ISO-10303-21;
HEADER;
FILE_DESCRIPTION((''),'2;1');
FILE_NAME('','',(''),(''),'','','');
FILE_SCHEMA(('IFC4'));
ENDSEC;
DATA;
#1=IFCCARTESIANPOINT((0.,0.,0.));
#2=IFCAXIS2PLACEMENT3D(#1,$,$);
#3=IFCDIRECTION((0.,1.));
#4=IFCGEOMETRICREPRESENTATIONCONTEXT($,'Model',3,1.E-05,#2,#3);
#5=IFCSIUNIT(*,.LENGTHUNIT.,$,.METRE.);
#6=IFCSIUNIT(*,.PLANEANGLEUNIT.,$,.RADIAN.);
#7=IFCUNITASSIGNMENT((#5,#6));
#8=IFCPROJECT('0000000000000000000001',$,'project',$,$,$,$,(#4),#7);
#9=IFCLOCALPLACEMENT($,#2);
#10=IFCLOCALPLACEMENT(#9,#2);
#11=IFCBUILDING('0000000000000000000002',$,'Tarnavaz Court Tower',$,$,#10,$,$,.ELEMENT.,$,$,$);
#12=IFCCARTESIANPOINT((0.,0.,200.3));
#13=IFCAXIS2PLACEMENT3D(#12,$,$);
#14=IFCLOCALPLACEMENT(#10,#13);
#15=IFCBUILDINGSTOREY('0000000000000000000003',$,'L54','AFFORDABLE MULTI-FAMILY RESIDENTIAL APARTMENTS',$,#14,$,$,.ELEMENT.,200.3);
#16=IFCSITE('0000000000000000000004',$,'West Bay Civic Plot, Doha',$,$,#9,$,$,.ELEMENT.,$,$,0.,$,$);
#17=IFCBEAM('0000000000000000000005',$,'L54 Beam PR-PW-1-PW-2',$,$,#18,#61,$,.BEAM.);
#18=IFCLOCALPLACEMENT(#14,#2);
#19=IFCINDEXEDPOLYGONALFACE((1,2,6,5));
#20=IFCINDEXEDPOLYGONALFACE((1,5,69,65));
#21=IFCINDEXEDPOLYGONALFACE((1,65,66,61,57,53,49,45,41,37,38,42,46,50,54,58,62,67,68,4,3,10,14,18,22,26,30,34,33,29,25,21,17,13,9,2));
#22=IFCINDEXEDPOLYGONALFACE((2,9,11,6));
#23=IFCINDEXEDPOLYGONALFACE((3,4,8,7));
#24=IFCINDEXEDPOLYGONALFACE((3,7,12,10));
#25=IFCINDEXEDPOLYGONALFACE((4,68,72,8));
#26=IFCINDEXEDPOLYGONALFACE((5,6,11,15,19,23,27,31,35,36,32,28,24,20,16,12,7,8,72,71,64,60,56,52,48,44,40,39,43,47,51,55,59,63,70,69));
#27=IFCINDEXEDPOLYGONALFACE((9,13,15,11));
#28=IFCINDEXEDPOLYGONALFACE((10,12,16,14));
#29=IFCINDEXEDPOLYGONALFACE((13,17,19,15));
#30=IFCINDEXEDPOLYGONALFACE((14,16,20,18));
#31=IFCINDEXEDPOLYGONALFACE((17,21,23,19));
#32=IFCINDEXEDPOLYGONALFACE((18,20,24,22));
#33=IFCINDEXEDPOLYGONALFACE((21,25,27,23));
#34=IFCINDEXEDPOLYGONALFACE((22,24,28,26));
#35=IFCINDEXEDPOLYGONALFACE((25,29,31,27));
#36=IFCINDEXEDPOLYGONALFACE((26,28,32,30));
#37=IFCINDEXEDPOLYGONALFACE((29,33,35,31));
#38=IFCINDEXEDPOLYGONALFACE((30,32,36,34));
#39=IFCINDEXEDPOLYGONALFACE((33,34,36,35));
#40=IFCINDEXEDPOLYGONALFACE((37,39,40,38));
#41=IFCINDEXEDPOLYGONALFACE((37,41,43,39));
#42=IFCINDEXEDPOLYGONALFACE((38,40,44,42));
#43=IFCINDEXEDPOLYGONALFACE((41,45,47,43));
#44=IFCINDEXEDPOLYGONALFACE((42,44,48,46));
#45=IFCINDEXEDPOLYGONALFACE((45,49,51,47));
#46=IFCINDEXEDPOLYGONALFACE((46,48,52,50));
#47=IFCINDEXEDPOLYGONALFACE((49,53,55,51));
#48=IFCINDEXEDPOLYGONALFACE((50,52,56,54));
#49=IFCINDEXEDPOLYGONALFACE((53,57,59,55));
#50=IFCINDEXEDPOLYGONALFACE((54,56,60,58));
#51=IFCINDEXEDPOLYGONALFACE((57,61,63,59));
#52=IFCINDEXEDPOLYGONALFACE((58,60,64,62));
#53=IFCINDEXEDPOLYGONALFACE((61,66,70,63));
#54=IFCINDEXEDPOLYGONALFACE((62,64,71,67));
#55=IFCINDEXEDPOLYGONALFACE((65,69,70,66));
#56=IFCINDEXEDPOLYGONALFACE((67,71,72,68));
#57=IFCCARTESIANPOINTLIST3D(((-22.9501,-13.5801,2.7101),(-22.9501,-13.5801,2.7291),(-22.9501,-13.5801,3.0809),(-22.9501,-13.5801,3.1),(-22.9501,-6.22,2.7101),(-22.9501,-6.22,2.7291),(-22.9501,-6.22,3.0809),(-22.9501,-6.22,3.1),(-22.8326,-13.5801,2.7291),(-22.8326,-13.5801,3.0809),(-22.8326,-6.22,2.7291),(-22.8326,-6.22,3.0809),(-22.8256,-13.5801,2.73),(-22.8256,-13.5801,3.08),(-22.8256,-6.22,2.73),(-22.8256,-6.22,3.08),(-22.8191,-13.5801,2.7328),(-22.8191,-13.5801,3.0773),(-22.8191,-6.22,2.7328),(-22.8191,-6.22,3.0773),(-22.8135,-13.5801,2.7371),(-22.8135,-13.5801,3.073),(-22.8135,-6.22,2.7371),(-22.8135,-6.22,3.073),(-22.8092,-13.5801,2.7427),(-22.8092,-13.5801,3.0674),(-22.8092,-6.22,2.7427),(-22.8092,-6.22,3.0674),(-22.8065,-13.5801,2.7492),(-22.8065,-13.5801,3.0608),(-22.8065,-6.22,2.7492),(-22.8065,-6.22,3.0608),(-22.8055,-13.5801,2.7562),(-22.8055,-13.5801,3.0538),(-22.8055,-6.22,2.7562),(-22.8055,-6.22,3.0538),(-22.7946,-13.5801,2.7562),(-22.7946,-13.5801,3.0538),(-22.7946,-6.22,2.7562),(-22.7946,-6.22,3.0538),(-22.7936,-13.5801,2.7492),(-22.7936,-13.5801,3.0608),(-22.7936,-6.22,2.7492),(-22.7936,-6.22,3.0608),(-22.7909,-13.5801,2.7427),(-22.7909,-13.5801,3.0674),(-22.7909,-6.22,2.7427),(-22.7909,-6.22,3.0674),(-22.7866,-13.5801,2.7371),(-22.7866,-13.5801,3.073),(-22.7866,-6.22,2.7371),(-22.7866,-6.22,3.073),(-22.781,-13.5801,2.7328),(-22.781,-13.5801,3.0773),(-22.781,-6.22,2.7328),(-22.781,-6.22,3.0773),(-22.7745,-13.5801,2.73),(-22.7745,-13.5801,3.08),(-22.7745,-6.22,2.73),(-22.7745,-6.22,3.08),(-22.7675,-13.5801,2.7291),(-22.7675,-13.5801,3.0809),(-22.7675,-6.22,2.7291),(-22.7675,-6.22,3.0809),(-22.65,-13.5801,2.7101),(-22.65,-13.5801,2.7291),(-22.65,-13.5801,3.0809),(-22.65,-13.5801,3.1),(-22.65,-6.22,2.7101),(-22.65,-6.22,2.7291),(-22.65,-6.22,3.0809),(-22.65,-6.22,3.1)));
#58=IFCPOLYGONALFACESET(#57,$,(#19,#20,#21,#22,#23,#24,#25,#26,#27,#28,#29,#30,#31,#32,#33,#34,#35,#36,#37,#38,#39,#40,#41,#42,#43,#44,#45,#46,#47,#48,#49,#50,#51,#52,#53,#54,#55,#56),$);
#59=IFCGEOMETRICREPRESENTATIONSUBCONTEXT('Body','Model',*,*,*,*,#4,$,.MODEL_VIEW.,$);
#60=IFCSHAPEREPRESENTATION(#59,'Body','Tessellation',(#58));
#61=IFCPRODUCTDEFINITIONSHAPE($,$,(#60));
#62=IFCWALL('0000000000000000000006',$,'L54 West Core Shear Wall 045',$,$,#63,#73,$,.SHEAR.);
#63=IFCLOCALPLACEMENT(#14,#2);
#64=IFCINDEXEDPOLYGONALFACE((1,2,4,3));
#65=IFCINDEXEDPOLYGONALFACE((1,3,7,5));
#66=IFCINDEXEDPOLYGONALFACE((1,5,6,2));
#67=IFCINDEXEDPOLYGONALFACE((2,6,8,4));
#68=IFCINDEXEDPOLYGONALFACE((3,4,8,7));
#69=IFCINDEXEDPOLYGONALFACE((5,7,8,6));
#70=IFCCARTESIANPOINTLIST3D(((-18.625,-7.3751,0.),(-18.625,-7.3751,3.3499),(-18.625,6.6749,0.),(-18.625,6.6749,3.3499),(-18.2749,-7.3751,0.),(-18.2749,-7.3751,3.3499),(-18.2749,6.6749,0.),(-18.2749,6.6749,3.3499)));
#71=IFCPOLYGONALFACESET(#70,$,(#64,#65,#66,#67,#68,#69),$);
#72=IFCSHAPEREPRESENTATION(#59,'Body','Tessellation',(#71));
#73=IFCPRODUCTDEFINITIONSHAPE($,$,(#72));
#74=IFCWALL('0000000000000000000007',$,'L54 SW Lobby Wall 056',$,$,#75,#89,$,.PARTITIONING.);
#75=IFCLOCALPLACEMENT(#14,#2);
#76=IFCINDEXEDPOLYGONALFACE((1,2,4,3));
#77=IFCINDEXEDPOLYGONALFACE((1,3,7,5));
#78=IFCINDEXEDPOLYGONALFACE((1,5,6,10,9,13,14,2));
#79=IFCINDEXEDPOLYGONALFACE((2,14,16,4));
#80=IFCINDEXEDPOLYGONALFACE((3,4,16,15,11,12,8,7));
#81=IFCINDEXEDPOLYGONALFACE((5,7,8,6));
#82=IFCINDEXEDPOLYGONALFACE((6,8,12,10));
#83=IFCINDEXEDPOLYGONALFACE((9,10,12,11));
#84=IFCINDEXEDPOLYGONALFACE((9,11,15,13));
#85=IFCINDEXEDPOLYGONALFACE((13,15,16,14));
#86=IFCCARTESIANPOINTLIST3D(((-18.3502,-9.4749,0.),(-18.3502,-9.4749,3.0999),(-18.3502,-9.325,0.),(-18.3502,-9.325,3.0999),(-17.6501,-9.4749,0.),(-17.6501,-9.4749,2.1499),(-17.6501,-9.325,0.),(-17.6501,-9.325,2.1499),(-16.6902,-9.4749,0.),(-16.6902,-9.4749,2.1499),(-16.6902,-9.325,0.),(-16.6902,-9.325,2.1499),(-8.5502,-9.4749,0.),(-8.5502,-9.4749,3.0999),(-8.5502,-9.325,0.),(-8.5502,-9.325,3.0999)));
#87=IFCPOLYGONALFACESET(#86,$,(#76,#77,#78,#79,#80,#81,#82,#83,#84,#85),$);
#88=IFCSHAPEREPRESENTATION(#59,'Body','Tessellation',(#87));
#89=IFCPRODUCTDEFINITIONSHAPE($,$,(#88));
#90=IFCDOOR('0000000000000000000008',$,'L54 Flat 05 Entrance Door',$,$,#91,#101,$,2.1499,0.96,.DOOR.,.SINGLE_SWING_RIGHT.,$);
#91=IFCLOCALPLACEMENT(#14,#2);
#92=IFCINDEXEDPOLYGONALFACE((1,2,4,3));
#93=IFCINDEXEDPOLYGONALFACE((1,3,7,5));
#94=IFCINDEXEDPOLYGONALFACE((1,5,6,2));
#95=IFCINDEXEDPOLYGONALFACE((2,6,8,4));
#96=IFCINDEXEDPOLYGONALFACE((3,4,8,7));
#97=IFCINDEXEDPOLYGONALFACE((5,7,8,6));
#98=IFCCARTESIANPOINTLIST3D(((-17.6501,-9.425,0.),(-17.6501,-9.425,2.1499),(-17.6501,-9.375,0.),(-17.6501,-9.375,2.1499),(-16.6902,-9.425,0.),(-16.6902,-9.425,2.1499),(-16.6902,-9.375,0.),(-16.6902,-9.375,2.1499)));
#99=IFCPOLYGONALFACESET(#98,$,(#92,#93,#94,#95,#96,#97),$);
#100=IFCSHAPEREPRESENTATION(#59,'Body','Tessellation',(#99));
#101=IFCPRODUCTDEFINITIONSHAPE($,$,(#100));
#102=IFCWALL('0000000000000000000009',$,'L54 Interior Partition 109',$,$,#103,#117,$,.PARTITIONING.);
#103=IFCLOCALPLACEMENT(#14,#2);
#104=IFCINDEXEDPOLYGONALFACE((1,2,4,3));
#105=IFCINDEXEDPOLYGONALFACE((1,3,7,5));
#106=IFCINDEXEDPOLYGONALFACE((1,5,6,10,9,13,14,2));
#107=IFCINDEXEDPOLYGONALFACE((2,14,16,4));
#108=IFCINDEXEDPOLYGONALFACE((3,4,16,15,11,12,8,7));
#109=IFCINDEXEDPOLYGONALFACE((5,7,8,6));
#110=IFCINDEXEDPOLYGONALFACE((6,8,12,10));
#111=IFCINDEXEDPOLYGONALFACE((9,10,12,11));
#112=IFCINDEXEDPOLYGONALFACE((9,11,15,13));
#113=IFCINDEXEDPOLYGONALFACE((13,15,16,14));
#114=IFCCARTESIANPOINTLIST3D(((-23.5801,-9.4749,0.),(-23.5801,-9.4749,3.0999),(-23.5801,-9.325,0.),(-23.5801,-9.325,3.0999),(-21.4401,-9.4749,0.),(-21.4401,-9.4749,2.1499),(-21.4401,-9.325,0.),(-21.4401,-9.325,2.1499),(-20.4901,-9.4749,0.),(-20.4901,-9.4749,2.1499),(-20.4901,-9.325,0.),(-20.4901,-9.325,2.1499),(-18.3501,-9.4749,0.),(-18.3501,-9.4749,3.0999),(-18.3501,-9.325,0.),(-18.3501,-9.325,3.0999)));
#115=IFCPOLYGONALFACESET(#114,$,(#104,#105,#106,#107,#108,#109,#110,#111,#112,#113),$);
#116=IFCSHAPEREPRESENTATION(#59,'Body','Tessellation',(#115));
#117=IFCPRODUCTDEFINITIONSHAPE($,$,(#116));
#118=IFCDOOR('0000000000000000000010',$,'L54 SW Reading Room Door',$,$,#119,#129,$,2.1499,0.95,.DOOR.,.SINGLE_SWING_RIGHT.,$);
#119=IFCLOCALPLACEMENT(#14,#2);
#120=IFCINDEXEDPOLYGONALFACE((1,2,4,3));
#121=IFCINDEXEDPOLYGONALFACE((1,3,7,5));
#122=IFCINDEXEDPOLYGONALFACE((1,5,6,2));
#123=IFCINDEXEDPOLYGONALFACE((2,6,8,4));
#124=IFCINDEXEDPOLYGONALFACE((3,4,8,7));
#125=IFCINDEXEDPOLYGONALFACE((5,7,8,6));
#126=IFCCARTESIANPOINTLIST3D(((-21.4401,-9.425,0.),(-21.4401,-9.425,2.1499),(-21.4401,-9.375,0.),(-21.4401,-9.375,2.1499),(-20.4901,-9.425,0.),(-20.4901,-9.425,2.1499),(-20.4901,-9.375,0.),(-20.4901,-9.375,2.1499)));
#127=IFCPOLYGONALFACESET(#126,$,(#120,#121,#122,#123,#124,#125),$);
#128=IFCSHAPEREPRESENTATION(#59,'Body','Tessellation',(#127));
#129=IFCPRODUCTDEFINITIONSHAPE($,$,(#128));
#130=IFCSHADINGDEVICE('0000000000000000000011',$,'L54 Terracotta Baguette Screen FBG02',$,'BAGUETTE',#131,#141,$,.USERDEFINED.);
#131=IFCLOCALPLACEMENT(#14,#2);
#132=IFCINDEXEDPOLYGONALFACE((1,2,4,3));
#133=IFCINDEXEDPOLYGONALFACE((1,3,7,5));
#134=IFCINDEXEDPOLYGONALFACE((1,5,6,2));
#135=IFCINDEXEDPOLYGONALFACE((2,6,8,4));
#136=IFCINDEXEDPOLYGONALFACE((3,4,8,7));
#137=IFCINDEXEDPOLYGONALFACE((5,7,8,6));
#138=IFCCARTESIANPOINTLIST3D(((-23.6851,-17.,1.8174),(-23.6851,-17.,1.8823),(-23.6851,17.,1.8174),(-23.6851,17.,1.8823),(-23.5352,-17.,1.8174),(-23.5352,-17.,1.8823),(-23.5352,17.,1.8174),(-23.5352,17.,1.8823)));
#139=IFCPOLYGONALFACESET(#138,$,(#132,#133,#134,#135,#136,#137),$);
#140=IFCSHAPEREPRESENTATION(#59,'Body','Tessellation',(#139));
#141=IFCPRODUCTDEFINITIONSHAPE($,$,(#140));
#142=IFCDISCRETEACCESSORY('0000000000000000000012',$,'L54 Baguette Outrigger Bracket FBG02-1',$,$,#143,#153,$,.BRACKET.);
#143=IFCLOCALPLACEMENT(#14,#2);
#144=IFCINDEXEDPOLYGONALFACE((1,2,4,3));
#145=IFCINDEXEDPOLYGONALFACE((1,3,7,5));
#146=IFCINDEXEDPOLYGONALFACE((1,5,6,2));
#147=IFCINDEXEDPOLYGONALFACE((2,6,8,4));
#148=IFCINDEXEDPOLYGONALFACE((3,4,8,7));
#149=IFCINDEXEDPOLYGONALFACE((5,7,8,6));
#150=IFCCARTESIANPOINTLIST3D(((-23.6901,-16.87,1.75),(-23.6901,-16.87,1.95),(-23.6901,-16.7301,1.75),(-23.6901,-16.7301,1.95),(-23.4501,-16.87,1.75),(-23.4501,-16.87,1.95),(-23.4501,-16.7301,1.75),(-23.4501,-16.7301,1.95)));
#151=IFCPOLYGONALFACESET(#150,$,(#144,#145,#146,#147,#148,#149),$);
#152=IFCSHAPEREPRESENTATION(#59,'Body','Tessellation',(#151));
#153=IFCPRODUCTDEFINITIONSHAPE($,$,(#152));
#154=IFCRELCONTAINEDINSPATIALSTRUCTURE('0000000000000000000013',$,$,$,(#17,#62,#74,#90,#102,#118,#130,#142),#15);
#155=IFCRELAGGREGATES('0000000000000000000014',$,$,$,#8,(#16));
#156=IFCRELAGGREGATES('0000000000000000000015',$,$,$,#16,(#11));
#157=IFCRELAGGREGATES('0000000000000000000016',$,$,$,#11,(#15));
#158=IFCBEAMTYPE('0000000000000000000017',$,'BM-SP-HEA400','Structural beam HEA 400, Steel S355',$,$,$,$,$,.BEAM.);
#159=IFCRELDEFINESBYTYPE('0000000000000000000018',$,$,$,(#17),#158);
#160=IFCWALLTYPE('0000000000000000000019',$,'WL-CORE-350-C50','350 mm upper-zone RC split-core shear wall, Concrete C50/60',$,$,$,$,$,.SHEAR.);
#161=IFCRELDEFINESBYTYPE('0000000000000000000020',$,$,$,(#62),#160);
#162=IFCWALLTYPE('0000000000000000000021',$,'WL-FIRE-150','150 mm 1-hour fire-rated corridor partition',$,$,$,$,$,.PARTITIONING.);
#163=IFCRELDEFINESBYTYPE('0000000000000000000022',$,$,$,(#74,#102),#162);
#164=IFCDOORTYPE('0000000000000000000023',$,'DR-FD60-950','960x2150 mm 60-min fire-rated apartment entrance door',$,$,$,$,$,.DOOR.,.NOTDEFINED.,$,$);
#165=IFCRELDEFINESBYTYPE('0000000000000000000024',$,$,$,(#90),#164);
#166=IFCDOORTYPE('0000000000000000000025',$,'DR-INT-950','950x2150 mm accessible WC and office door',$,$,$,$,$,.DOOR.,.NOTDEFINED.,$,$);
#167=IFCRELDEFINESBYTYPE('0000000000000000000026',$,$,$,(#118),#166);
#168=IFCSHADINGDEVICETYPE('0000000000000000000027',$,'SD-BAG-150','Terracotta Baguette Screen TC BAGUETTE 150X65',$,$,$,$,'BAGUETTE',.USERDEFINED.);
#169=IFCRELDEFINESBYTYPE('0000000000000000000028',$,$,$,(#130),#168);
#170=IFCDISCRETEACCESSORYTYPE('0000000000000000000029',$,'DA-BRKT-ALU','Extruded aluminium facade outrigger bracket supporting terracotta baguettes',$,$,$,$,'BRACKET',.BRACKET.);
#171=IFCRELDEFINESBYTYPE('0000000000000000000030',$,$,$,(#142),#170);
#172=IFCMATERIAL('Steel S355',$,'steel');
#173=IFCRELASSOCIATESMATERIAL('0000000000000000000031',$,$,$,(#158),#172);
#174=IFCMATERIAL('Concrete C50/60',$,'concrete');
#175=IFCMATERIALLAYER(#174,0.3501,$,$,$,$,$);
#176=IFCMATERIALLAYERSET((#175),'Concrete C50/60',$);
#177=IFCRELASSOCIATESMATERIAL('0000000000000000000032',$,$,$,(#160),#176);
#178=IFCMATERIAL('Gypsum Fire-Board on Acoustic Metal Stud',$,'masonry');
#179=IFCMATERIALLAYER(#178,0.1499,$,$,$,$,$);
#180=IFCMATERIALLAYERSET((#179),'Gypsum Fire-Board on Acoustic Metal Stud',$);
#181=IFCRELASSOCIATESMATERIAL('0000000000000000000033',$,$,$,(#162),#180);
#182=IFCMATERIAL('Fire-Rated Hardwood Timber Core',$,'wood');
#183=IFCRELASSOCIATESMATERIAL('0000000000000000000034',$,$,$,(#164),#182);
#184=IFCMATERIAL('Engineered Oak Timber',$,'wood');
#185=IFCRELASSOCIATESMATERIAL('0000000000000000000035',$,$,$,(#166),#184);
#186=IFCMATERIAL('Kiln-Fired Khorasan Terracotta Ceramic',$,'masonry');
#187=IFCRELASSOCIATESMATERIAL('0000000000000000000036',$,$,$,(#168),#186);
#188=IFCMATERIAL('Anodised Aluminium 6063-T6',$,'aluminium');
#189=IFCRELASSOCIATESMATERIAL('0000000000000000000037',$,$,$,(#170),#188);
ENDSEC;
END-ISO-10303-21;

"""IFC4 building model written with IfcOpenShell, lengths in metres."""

from ifc_helpers import new_model, si_unit, direction, frame, frame_2d, origin, origin_2d, place, context, subcontext, project, spatial, rectangle, i_section, extrude, material, layer, layer_set, material_profile, profile_set, type_object, element, fill, save


model = new_model("IFC4")

# Units and contexts
model_context = context("Model", 3, precision=1e-05, world=origin(), true_north=direction((0.0, 1.0)))
body_context = subcontext(model_context, "Body", "Model", "MODEL_VIEW")
ifc_project = project(units=[si_unit("LENGTHUNIT", "METRE"), si_unit("PLANEANGLEUNIT", "RADIAN")], contexts=[model_context])

# Site, building, storey
site_placement = place(None, origin())
site = spatial("IfcSite", under=ifc_project, at=site_placement, Name="West Bay Civic Plot, Doha", CompositionType="ELEMENT", RefElevation=0.0)
building_placement = place(site_placement, origin())
building = spatial("IfcBuilding", under=site, at=building_placement, Name="Tarnavaz Court Tower", CompositionType="ELEMENT")
storey_placement = place(building_placement, frame((0.0, 0.0, 200.3)))
storey = spatial("IfcBuildingStorey", under=building, at=storey_placement, Name="L54", Description="AFFORDABLE MULTI-FAMILY RESIDENTIAL APARTMENTS", CompositionType="ELEMENT", Elevation=200.3)

# Shared definitions
ifc_material_1 = material(Name="Concrete C50/60", Category="concrete")

# Beam
ifc_material_2 = material(Name="Steel S355", Category="steel")
ifc_material_profile_1 = material_profile(ifc_material_2, i_section(OverallWidth=0.3, OverallDepth=0.3899, WebThickness=0.011, FlangeThickness=0.019, FilletRadius=0.0271, at=origin_2d()), Name="HEA 400")
ifc_profile_set_1 = profile_set([ifc_material_profile_1], Name="Steel S355")
beam_type_1 = type_object("IfcBeamType", Name="BM-SP-HEA400", Description="Structural beam HEA 400, Steel S355", PredefinedType="BEAM", material=ifc_profile_set_1)
beam_1_placement = place(storey_placement, frame((-22.8, -13.5801, 2.905), z_axis=(0.0, 1.0, 0.0), x_axis=(-1.0, 0.0, 0.0)))
element("IfcBeam", 1, at=beam_1_placement, inside=storey, type_object=beam_type_1, Name="L54 Beam PR-PW-1-PW-2", PredefinedType="BEAM", context=body_context, shape_type="SweptSolid", body=[
    extrude(i_section(OverallWidth=0.3, OverallDepth=0.3899, WebThickness=0.011, FlangeThickness=0.019, FilletRadius=0.0271, at=origin_2d()), origin(), (0.0, 0.0, 1.0), 7.3601),
])

# Wall
ifc_layer_1 = layer(ifc_material_1, 0.3501)
ifc_layer_set_1 = layer_set([ifc_layer_1], Name="Concrete C50/60")
wall_type_1 = type_object("IfcWallType", Name="WL-CORE-350-C50", Description="350 mm upper-zone RC split-core shear wall, Concrete C50/60", PredefinedType="SHEAR", material=ifc_layer_set_1)
wall_1_placement = place(storey_placement, frame((-18.45, -7.375, 0.0), z_axis=(0.0, 0.0, 1.0), x_axis=(0.0, 1.0, 0.0)))
element("IfcWall", 2, at=wall_1_placement, inside=storey, type_object=wall_type_1, Name="L54 West Core Shear Wall 045", PredefinedType="SHEAR", context=body_context, shape_type="SweptSolid", body=[
    extrude(rectangle(XDim=14.05, YDim=0.3501, at=frame_2d((7.0249, 0.0))), origin(), (0.0, 0.0, 1.0), 3.3499),
])

# Walls, openings, doors
ifc_material_3 = material(Name="Gypsum Fire-Board on Acoustic Metal Stud", Category="masonry")
ifc_layer_2 = layer(ifc_material_3, 0.1499)
ifc_layer_set_2 = layer_set([ifc_layer_2], Name="Gypsum Fire-Board on Acoustic Metal Stud")
wall_type_2 = type_object("IfcWallType", Name="WL-FIRE-150", Description="150 mm 1-hour fire-rated corridor partition", PredefinedType="PARTITIONING", material=ifc_layer_set_2)
wall_2_placement = place(storey_placement, frame((-18.3501, -9.3999, 0.0), z_axis=(0.0, 0.0, 1.0), x_axis=(1.0, 0.0, 0.0)))
wall_2 = element("IfcWall", 3, at=wall_2_placement, inside=storey, type_object=wall_type_2, Name="L54 SW Lobby Wall 056", PredefinedType="PARTITIONING", context=body_context, shape_type="SweptSolid", body=[
    extrude(rectangle(XDim=9.8, YDim=0.1499, at=frame_2d((4.8999, 0.0))), origin(), (0.0, 0.0, 1.0), 3.0999),
])
opening_1_placement = place(wall_2_placement, frame((0.7, 0.0, 0.0)))
opening_1 = element("IfcOpeningElement", 4, at=opening_1_placement, cuts=wall_2, PredefinedType="OPENING", context=body_context, shape_type="SweptSolid", body=[
    extrude(rectangle(XDim=0.96, YDim=2.1499, at=frame_2d((0.48, 1.075))), frame((0.0, 0.085, 0.0), z_axis=(0.0, -1.0, 0.0), x_axis=(1.0, 0.0, 0.0)), (0.0, 0.0, 1.0), 0.1699),
])
ifc_material_4 = material(Name="Fire-Rated Hardwood Timber Core", Category="wood")
door_type_1 = type_object("IfcDoorType", Name="DR-FD60-950", Description="960x2150 mm 60-min fire-rated apartment entrance door", OperationType="NOTDEFINED", PredefinedType="DOOR", material=ifc_material_4)
door_1_placement = place(opening_1_placement, origin())
door_1 = element("IfcDoor", 5, at=door_1_placement, inside=storey, type_object=door_type_1, Name="L54 Flat 05 Entrance Door", OperationType="SINGLE_SWING_RIGHT", OverallHeight=2.1499, OverallWidth=0.96, PredefinedType="DOOR", context=body_context, shape_type="SweptSolid", body=[
    extrude(rectangle(XDim=0.96, YDim=2.1499, at=frame_2d((0.48, 1.075))), frame((0.0, 0.0249, 0.0), z_axis=(0.0, -1.0, 0.0), x_axis=(1.0, 0.0, 0.0)), (0.0, 0.0, 1.0), 0.05),
])
fill(opening_1, door_1)
wall_3_placement = place(storey_placement, frame((-23.5801, -9.3999, 0.0), z_axis=(0.0, 0.0, 1.0), x_axis=(1.0, 0.0, 0.0)))
wall_3 = element("IfcWall", 6, at=wall_3_placement, inside=storey, type_object=wall_type_2, Name="L54 Interior Partition 109", PredefinedType="PARTITIONING", context=body_context, shape_type="SweptSolid", body=[
    extrude(rectangle(XDim=5.23, YDim=0.1499, at=frame_2d((2.615, 0.0))), origin(), (0.0, 0.0, 1.0), 3.0999),
])
opening_2_placement = place(wall_3_placement, frame((2.1399, 0.0, 0.0)))
opening_2 = element("IfcOpeningElement", 7, at=opening_2_placement, cuts=wall_3, PredefinedType="OPENING", context=body_context, shape_type="SweptSolid", body=[
    extrude(rectangle(XDim=0.95, YDim=2.1499, at=frame_2d((0.4751, 1.075))), frame((0.0, 0.085, 0.0), z_axis=(0.0, -1.0, 0.0), x_axis=(1.0, 0.0, 0.0)), (0.0, 0.0, 1.0), 0.1699),
])
ifc_material_5 = material(Name="Engineered Oak Timber", Category="wood")
door_type_2 = type_object("IfcDoorType", Name="DR-INT-950", Description="950x2150 mm accessible WC and office door", OperationType="NOTDEFINED", PredefinedType="DOOR", material=ifc_material_5)
door_2_placement = place(opening_2_placement, origin())
door_2 = element("IfcDoor", 8, at=door_2_placement, inside=storey, type_object=door_type_2, Name="L54 SW Reading Room Door", OperationType="SINGLE_SWING_RIGHT", OverallHeight=2.1499, OverallWidth=0.95, PredefinedType="DOOR", context=body_context, shape_type="SweptSolid", body=[
    extrude(rectangle(XDim=0.95, YDim=2.1499, at=frame_2d((0.4751, 1.075))), frame((0.0, 0.0249, 0.0), z_axis=(0.0, -1.0, 0.0), x_axis=(1.0, 0.0, 0.0)), (0.0, 0.0, 1.0), 0.05),
])
fill(opening_2, door_2)

# Shading device
ifc_material_6 = material(Name="Kiln-Fired Khorasan Terracotta Ceramic", Category="masonry")
ifc_material_profile_2 = material_profile(ifc_material_6, rectangle(XDim=0.1499, YDim=0.0649, at=origin_2d()), Name="TC BAGUETTE 150X65")
ifc_profile_set_2 = profile_set([ifc_material_profile_2], Name="Kiln-Fired Khorasan Terracotta Ceramic")
shading_device_type = type_object("IfcShadingDeviceType", Name="SD-BAG-150", Description="Terracotta Baguette Screen TC BAGUETTE 150X65", ElementType="BAGUETTE", PredefinedType="USERDEFINED", material=ifc_profile_set_2)
shading_device_placement = place(storey_placement, frame((-23.6101, -17.0, 1.8499), z_axis=(0.0, 1.0, 0.0), x_axis=(-1.0, 0.0, 0.0)))
element("IfcShadingDevice", 9, at=shading_device_placement, inside=storey, type_object=shading_device_type, Name="L54 Terracotta Baguette Screen FBG02", ObjectType="BAGUETTE", PredefinedType="USERDEFINED", context=body_context, shape_type="SweptSolid", body=[
    extrude(rectangle(XDim=0.1499, YDim=0.0649, at=origin_2d()), origin(), (0.0, 0.0, 1.0), 34.0),
])

# Discrete accessory
ifc_material_7 = material(Name="Anodised Aluminium 6063-T6", Category="aluminium")
discrete_accessory_type = type_object("IfcDiscreteAccessoryType", Name="DA-BRKT-ALU", Description="Extruded aluminium facade outrigger bracket supporting terracotta baguettes", ElementType="BRACKET", PredefinedType="BRACKET", material=ifc_material_7)
discrete_accessory_placement = place(storey_placement, frame((-23.5701, -16.8, 1.75), z_axis=(0.0, 0.0, 1.0), x_axis=(0.0, 1.0, 0.0)))
element("IfcDiscreteAccessory", 10, at=discrete_accessory_placement, inside=storey, type_object=discrete_accessory_type, Name="L54 Baguette Outrigger Bracket FBG02-1", PredefinedType="BRACKET", context=body_context, shape_type="SweptSolid", body=[
    extrude(rectangle(XDim=0.1399, YDim=0.24, at=origin_2d()), origin(), (0.0, 0.0, 1.0), 0.2),
])

save(model, "model.ifc")
